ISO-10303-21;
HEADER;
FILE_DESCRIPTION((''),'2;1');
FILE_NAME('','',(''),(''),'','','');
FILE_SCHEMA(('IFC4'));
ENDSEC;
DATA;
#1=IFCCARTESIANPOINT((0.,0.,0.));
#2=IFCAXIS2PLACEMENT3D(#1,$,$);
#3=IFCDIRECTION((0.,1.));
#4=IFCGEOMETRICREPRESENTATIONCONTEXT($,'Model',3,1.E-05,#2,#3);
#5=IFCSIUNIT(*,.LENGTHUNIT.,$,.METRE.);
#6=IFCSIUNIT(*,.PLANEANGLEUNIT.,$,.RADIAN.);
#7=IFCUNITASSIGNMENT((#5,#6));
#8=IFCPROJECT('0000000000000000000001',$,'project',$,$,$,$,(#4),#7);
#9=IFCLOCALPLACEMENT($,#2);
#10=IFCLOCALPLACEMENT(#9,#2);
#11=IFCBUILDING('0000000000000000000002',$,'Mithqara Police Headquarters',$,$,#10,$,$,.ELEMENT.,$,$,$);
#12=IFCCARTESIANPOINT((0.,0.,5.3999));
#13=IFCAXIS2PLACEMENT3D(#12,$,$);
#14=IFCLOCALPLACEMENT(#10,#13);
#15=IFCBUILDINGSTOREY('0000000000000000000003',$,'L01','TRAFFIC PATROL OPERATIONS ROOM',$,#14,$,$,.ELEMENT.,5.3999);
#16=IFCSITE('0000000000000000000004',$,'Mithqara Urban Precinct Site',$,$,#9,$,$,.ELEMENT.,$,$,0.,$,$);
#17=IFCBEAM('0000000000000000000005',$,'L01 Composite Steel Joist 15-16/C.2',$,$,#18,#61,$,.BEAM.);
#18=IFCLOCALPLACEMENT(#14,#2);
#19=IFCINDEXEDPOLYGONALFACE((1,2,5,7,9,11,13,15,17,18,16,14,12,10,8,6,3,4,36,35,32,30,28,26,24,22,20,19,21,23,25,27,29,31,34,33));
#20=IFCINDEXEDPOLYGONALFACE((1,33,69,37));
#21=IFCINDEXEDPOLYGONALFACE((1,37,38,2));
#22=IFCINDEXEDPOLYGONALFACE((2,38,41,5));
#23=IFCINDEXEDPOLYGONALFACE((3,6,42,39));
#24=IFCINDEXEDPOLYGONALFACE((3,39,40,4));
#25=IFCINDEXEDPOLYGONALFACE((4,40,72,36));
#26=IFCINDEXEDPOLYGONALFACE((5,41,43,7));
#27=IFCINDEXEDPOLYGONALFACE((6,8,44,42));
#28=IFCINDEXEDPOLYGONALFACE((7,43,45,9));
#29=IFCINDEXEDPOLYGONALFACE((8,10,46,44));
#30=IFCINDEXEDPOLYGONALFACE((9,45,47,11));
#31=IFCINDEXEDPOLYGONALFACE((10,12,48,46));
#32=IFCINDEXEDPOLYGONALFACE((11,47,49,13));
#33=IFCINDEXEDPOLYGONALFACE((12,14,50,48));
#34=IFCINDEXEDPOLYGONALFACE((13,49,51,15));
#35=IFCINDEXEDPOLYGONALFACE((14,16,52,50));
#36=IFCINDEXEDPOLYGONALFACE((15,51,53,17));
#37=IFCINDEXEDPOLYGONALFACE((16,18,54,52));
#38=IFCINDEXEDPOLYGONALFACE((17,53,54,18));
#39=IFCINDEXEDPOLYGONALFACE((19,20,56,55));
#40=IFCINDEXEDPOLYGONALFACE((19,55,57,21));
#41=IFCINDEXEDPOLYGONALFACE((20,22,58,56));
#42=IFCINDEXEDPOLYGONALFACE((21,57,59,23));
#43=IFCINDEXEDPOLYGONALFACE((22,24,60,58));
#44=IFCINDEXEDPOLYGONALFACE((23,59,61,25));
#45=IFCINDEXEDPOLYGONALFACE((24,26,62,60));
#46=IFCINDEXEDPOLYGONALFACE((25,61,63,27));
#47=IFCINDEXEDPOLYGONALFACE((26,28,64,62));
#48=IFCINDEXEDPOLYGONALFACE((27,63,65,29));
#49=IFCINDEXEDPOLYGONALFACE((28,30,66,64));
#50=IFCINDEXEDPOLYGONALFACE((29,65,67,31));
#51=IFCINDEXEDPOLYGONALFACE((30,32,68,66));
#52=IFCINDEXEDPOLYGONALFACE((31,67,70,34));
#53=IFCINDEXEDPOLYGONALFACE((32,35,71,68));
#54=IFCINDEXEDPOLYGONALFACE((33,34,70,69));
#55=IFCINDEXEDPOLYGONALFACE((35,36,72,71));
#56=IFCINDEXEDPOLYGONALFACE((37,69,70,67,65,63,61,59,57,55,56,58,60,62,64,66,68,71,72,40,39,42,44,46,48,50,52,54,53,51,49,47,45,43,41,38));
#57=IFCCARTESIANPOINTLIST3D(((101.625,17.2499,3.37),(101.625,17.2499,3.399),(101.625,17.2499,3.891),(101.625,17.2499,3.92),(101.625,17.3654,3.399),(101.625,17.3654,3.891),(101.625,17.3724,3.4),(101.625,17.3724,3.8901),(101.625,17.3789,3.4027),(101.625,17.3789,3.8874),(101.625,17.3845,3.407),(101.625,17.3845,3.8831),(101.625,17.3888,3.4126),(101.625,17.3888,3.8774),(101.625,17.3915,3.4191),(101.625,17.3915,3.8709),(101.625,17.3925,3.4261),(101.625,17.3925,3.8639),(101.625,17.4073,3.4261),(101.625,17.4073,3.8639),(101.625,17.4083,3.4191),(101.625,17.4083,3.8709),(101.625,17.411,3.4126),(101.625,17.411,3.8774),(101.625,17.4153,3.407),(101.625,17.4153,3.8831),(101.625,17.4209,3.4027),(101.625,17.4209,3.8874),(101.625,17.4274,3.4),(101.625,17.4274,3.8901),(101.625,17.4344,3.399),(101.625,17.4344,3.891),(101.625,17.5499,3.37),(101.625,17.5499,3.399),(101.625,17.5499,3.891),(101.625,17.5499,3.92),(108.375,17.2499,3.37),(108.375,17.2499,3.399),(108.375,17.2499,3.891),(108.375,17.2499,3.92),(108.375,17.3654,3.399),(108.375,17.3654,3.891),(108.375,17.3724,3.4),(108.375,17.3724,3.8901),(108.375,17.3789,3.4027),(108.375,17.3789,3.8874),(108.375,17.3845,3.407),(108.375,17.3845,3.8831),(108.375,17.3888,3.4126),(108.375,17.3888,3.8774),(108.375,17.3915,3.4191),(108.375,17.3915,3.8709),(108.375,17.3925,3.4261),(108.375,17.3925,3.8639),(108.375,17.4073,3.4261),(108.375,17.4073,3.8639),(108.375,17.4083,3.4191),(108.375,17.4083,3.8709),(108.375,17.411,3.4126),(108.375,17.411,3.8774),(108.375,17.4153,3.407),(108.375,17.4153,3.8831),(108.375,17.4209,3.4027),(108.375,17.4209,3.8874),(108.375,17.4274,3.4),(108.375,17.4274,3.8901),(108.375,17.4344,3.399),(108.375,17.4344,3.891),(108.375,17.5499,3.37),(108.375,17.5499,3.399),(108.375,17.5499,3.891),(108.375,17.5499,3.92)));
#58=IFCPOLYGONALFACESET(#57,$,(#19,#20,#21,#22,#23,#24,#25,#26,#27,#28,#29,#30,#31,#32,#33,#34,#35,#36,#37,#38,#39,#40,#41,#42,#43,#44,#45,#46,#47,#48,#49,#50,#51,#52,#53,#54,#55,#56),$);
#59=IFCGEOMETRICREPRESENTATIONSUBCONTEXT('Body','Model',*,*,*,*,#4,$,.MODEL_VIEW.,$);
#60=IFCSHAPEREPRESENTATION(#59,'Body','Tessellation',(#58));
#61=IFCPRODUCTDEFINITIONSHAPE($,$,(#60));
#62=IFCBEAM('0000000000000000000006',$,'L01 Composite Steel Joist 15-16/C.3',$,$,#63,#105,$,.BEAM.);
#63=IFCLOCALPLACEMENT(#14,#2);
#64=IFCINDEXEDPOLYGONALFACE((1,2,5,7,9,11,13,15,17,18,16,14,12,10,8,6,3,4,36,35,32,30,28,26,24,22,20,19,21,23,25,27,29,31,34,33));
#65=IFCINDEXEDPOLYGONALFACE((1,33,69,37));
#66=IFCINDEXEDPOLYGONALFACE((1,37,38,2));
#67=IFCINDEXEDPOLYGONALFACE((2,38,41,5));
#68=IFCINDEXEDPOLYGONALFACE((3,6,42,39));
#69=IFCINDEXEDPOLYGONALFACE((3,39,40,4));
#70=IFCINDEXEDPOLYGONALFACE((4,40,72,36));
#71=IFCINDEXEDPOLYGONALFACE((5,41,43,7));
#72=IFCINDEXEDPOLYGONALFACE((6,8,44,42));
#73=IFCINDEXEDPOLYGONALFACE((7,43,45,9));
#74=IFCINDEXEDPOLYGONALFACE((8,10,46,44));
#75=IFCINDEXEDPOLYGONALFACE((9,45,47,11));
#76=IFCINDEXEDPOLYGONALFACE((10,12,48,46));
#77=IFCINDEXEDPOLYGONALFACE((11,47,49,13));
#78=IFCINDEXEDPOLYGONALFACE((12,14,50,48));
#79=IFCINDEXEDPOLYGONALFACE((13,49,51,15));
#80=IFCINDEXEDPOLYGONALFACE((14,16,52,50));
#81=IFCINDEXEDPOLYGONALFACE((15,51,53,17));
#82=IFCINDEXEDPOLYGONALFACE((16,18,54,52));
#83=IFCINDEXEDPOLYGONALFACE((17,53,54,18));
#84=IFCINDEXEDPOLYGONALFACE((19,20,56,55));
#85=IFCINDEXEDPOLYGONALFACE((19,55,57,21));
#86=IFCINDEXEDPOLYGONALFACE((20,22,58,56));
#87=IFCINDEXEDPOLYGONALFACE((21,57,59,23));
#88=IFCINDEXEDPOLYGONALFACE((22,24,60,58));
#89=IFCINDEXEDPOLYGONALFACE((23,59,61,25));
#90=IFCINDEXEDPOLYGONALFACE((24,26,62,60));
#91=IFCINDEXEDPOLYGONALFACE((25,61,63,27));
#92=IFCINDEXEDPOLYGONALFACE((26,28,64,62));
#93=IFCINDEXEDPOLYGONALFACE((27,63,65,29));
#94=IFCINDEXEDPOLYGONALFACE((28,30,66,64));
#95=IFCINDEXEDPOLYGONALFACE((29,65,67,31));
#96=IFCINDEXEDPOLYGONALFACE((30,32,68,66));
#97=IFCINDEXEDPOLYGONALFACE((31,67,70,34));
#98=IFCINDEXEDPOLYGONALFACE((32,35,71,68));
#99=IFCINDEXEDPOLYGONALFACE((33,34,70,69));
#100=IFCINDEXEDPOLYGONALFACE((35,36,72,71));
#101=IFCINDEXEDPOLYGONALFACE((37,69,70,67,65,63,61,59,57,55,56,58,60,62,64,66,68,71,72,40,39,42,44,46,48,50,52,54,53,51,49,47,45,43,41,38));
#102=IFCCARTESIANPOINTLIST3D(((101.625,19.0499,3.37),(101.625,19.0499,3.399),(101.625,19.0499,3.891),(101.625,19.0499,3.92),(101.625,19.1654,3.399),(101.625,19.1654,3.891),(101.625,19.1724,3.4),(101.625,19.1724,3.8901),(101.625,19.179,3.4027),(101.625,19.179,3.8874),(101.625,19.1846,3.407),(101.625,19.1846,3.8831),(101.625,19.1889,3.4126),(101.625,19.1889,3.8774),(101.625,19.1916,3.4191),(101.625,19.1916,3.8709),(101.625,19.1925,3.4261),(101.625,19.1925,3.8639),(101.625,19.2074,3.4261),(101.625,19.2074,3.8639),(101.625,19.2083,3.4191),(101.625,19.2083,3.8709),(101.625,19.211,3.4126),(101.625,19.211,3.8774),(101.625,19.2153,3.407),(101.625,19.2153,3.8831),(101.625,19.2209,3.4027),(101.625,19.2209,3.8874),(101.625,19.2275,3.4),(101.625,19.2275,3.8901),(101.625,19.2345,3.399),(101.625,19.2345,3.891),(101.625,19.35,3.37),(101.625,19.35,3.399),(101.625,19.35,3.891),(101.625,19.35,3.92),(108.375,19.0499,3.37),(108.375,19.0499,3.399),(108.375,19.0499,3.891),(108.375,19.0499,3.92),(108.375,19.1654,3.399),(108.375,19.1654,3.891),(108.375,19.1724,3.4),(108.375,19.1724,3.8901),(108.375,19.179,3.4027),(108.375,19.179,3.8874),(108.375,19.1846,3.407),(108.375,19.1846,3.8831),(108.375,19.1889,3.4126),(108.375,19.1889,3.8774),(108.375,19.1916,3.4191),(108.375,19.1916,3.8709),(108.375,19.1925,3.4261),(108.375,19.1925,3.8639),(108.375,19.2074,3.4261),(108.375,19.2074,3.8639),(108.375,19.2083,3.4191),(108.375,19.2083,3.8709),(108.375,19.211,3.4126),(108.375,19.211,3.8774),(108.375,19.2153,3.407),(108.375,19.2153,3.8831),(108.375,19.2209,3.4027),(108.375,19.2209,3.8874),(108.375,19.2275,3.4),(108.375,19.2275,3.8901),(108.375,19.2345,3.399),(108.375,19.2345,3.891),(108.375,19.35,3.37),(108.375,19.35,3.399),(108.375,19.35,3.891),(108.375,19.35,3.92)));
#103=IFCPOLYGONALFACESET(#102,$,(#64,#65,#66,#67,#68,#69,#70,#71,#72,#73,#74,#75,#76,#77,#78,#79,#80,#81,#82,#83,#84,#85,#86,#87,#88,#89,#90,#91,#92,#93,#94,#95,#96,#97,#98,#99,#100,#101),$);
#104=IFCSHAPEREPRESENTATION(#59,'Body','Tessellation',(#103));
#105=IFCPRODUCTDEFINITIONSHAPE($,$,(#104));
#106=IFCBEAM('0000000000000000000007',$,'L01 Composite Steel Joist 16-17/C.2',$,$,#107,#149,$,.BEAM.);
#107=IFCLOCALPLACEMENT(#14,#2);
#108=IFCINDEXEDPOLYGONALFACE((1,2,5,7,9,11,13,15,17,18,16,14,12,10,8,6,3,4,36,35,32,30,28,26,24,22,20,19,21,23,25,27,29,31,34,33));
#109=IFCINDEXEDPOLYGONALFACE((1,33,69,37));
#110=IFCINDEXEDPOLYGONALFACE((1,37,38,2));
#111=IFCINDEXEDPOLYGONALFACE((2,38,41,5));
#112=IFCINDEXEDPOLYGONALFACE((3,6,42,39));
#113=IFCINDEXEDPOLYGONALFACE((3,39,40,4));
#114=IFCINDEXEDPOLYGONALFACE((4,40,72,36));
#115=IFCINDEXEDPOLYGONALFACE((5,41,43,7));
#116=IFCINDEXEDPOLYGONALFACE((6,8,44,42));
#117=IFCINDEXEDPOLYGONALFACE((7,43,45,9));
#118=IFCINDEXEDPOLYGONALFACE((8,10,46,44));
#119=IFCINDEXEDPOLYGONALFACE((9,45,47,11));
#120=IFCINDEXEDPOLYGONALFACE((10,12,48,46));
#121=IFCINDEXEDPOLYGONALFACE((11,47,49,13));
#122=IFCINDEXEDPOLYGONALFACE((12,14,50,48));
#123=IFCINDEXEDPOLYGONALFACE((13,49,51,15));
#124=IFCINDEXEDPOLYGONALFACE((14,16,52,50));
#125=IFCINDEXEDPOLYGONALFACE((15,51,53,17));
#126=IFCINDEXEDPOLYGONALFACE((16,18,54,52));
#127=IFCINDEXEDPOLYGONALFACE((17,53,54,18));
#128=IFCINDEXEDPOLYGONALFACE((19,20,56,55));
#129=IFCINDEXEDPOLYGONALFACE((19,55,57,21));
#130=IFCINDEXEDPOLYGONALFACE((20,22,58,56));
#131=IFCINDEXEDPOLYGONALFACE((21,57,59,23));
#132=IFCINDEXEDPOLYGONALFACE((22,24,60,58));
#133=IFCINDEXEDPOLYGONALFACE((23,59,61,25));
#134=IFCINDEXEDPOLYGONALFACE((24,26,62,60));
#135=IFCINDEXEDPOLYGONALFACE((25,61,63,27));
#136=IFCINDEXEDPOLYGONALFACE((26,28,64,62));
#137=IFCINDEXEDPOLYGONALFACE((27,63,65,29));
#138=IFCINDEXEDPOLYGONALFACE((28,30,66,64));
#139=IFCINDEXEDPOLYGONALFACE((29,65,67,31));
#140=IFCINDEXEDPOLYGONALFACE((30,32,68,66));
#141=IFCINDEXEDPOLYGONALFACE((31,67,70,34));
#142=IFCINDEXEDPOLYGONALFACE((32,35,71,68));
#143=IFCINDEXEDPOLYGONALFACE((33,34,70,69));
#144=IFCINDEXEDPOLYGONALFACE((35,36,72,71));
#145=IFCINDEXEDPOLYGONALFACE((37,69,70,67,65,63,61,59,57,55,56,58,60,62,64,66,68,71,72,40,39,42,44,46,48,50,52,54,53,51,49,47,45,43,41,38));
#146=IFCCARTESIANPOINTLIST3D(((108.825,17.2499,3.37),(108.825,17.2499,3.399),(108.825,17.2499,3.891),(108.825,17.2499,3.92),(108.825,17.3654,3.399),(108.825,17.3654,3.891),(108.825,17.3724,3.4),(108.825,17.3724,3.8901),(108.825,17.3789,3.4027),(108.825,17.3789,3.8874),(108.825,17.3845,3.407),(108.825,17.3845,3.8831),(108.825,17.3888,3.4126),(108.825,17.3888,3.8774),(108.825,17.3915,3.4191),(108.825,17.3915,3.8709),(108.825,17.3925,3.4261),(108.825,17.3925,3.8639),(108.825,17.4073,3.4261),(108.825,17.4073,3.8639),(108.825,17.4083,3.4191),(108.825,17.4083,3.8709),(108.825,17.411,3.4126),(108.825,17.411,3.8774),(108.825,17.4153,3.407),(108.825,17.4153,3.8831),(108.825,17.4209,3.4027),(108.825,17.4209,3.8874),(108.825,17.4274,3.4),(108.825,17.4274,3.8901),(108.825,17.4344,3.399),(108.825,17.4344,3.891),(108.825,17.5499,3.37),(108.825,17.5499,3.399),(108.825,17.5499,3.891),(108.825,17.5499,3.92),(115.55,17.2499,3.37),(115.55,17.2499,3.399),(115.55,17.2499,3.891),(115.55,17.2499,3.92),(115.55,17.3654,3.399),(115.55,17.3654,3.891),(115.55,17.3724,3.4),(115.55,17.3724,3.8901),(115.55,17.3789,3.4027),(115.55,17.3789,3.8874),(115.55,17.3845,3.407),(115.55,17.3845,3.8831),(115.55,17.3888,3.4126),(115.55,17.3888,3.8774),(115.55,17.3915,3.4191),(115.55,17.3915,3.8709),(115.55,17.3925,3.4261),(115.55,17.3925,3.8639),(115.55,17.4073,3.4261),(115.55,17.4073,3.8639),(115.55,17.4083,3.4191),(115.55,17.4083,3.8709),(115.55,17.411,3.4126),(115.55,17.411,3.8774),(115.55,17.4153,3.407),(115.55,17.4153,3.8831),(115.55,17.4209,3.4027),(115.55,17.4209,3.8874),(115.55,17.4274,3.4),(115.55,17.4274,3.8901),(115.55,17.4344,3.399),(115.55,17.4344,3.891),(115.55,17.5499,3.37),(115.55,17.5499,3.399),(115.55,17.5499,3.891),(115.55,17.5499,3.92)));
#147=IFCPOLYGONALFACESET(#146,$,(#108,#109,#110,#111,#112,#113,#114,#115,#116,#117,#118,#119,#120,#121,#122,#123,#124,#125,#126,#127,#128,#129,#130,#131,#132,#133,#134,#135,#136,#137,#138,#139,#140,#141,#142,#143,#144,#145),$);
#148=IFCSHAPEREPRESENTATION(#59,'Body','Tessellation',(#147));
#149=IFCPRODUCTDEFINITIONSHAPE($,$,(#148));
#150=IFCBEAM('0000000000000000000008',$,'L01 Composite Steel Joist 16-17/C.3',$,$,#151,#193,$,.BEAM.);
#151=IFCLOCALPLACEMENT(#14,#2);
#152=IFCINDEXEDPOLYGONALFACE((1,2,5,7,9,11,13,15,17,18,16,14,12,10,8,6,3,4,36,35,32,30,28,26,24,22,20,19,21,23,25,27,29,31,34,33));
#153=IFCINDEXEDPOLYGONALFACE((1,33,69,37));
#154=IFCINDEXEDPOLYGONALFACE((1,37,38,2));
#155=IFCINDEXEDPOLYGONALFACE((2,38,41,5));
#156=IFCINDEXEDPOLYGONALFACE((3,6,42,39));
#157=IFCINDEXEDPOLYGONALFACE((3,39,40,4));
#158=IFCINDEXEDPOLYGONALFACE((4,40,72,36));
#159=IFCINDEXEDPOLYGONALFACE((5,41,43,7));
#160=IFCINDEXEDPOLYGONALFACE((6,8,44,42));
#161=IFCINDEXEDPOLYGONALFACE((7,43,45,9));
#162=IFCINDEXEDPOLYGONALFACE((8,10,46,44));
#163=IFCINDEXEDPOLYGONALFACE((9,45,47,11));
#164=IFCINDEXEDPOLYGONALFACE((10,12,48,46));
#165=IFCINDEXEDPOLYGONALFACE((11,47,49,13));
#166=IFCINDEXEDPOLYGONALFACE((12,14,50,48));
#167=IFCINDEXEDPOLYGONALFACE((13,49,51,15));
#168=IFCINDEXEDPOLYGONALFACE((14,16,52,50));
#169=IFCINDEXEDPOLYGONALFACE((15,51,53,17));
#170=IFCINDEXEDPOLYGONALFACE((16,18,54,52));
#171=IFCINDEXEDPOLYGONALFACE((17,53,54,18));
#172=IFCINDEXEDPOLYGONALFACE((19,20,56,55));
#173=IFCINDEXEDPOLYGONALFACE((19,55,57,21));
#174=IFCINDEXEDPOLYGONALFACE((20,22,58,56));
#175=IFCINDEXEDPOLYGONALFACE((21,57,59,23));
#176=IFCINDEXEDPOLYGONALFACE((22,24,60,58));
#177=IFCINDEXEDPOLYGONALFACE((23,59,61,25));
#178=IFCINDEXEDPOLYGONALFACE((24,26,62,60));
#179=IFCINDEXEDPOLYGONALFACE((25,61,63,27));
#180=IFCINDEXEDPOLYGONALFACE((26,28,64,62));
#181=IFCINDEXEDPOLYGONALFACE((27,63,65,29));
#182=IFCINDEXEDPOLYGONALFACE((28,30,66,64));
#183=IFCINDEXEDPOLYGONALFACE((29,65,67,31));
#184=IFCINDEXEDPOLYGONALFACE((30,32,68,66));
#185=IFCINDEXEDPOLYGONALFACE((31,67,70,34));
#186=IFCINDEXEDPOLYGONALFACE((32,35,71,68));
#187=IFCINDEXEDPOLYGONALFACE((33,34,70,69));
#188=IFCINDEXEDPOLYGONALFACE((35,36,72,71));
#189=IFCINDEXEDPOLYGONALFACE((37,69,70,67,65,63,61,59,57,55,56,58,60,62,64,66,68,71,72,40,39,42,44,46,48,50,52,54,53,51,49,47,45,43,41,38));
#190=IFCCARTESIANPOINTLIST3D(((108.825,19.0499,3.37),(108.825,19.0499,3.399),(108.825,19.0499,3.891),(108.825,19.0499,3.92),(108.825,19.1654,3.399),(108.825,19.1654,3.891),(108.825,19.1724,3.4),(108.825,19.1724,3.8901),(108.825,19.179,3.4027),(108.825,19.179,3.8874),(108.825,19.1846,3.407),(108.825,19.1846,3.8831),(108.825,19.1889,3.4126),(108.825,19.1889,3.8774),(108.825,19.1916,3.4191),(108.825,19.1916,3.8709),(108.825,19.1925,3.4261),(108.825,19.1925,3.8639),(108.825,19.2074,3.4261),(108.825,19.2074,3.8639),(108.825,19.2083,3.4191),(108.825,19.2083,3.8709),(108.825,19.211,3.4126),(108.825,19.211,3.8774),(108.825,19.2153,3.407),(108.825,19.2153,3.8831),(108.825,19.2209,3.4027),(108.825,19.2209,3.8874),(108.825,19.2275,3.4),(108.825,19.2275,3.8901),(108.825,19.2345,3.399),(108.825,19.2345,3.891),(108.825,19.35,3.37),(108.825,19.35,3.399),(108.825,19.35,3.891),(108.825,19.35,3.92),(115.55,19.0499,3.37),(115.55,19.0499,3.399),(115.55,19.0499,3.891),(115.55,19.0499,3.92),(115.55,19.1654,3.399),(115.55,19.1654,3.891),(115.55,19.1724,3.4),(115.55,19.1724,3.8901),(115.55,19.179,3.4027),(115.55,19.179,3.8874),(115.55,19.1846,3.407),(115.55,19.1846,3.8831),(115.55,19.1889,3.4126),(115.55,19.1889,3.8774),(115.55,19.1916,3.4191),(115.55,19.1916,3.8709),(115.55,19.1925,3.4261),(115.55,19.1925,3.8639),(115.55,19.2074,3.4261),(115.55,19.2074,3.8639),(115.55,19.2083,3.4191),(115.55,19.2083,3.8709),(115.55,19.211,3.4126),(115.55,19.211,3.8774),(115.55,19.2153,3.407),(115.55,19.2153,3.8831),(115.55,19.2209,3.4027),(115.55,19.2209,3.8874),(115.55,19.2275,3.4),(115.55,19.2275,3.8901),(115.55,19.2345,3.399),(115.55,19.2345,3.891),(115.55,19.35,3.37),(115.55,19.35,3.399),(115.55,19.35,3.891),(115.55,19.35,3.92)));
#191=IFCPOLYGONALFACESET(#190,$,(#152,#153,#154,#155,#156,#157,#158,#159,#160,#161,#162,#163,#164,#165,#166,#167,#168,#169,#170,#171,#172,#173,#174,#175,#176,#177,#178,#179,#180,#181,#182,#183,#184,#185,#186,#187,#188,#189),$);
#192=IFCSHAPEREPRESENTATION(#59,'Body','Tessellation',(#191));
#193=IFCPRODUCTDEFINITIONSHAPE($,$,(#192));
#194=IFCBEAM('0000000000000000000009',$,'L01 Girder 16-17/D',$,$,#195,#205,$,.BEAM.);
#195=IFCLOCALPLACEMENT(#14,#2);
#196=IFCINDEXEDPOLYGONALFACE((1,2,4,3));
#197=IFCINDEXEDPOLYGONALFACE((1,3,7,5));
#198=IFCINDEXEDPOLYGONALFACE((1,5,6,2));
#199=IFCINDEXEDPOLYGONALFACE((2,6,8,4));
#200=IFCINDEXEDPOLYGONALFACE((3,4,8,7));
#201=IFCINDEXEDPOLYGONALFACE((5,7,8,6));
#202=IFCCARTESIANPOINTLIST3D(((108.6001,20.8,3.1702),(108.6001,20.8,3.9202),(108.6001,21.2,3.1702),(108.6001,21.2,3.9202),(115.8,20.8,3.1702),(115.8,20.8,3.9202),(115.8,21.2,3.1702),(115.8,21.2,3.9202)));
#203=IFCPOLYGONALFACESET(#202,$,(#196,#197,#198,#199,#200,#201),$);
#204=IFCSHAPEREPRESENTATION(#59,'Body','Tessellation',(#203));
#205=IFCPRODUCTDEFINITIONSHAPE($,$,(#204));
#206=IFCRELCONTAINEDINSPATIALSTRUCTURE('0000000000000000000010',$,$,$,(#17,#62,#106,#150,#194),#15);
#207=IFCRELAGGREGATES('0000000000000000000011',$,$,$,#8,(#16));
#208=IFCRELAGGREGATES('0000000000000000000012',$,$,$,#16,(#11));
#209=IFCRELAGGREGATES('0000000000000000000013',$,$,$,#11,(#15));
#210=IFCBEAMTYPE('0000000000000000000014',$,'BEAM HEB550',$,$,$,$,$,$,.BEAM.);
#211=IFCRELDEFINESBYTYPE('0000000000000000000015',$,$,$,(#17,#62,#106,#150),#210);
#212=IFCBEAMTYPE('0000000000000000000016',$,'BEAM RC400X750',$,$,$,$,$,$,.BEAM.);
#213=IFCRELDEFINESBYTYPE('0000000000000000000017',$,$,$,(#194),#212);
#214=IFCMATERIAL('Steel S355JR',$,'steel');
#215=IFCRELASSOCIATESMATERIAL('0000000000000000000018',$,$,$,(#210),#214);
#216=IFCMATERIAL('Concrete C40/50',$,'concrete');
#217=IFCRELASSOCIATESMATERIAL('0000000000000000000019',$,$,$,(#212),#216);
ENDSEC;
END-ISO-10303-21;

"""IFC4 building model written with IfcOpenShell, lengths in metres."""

from ifc_helpers import new_model, si_unit, direction, frame, origin, origin_2d, place, context, subcontext, project, spatial, rectangle, i_section, extrude, material, material_profile, profile_set, type_object, element, save


model = new_model("IFC4")

# Units and contexts
model_context = context("Model", 3, precision=1e-05, world=origin(), true_north=direction((0.0, 1.0)))
body_context = subcontext(model_context, "Body", "Model", "MODEL_VIEW")
ifc_project = project(units=[si_unit("LENGTHUNIT", "METRE"), si_unit("PLANEANGLEUNIT", "RADIAN")], contexts=[model_context])

# Site, building, storey
site_placement = place(None, origin())
site = spatial("IfcSite", under=ifc_project, at=site_placement, Name="Mithqara Urban Precinct Site", CompositionType="ELEMENT", RefElevation=0.0)
building_placement = place(site_placement, origin())
building = spatial("IfcBuilding", under=site, at=building_placement, Name="Mithqara Police Headquarters", CompositionType="ELEMENT")
storey_placement = place(building_placement, frame((0.0, 0.0, 5.3999)))
storey = spatial("IfcBuildingStorey", under=building, at=storey_placement, Name="L01", Description="TRAFFIC PATROL OPERATIONS ROOM", CompositionType="ELEMENT", Elevation=5.3999)

# Beams
ifc_material_1 = material(Name="Steel S355JR", Category="steel")
ifc_material_profile_1 = material_profile(ifc_material_1, i_section(OverallWidth=0.3, OverallDepth=0.55, WebThickness=0.0149, FlangeThickness=0.0291, FilletRadius=0.0271, at=origin_2d()), Name="HEB 550")
ifc_profile_set_1 = profile_set([ifc_material_profile_1], Name="Steel S355JR")
beam_type_1 = type_object("IfcBeamType", Name="BEAM HEB550", PredefinedType="BEAM", material=ifc_profile_set_1)
for number, where, z_axis, x_axis, name in (
    (1, (101.625, 17.3999, 3.645), (1.0, 0.0, 0.0), (0.0, 1.0, 0.0), "L01 Composite Steel Joist 15-16/C.2"),
    (2, (101.625, 19.2, 3.645), (1.0, 0.0, 0.0), (0.0, 1.0, 0.0), "L01 Composite Steel Joist 15-16/C.3"),
):
    element("IfcBeam", number, at=place(storey_placement, frame(where, z_axis=z_axis, x_axis=x_axis)), inside=storey, type_object=beam_type_1, Name=name, PredefinedType="BEAM", context=body_context, shape_type="SweptSolid", body=[
        extrude(i_section(OverallWidth=0.3, OverallDepth=0.55, WebThickness=0.0149, FlangeThickness=0.0291, FilletRadius=0.0271, at=origin_2d()), origin(), (0.0, 0.0, 1.0), 6.75),
    ])
for number, where, z_axis, x_axis, name in (
    (3, (108.825, 17.3999, 3.645), (1.0, 0.0, 0.0), (0.0, 1.0, 0.0), "L01 Composite Steel Joist 16-17/C.2"),
    (4, (108.825, 19.2, 3.645), (1.0, 0.0, 0.0), (0.0, 1.0, 0.0), "L01 Composite Steel Joist 16-17/C.3"),
):
    element("IfcBeam", number, at=place(storey_placement, frame(where, z_axis=z_axis, x_axis=x_axis)), inside=storey, type_object=beam_type_1, Name=name, PredefinedType="BEAM", context=body_context, shape_type="SweptSolid", body=[
        extrude(i_section(OverallWidth=0.3, OverallDepth=0.55, WebThickness=0.0149, FlangeThickness=0.0291, FilletRadius=0.0271, at=origin_2d()), origin(), (0.0, 0.0, 1.0), 6.7251),
    ])
ifc_material_2 = material(Name="Concrete C40/50", Category="concrete")
ifc_material_profile_2 = material_profile(ifc_material_2, rectangle(XDim=0.3999, YDim=0.75, at=origin_2d()), Name="RC 400x750")
ifc_profile_set_2 = profile_set([ifc_material_profile_2], Name="Concrete C40/50")
beam_type_2 = type_object("IfcBeamType", Name="BEAM RC400X750", PredefinedType="BEAM", material=ifc_profile_set_2)
beam_1_placement = place(storey_placement, frame((108.6001, 21.0, 3.5452), z_axis=(1.0, 0.0, 0.0), x_axis=(0.0, 1.0, 0.0)))
element("IfcBeam", 5, at=beam_1_placement, inside=storey, type_object=beam_type_2, Name="L01 Girder 16-17/D", PredefinedType="BEAM", context=body_context, shape_type="SweptSolid", body=[
    extrude(rectangle(XDim=0.3999, YDim=0.75, at=origin_2d()), origin(), (0.0, 0.0, 1.0), 7.2),
])

save(model, "model.ifc")
